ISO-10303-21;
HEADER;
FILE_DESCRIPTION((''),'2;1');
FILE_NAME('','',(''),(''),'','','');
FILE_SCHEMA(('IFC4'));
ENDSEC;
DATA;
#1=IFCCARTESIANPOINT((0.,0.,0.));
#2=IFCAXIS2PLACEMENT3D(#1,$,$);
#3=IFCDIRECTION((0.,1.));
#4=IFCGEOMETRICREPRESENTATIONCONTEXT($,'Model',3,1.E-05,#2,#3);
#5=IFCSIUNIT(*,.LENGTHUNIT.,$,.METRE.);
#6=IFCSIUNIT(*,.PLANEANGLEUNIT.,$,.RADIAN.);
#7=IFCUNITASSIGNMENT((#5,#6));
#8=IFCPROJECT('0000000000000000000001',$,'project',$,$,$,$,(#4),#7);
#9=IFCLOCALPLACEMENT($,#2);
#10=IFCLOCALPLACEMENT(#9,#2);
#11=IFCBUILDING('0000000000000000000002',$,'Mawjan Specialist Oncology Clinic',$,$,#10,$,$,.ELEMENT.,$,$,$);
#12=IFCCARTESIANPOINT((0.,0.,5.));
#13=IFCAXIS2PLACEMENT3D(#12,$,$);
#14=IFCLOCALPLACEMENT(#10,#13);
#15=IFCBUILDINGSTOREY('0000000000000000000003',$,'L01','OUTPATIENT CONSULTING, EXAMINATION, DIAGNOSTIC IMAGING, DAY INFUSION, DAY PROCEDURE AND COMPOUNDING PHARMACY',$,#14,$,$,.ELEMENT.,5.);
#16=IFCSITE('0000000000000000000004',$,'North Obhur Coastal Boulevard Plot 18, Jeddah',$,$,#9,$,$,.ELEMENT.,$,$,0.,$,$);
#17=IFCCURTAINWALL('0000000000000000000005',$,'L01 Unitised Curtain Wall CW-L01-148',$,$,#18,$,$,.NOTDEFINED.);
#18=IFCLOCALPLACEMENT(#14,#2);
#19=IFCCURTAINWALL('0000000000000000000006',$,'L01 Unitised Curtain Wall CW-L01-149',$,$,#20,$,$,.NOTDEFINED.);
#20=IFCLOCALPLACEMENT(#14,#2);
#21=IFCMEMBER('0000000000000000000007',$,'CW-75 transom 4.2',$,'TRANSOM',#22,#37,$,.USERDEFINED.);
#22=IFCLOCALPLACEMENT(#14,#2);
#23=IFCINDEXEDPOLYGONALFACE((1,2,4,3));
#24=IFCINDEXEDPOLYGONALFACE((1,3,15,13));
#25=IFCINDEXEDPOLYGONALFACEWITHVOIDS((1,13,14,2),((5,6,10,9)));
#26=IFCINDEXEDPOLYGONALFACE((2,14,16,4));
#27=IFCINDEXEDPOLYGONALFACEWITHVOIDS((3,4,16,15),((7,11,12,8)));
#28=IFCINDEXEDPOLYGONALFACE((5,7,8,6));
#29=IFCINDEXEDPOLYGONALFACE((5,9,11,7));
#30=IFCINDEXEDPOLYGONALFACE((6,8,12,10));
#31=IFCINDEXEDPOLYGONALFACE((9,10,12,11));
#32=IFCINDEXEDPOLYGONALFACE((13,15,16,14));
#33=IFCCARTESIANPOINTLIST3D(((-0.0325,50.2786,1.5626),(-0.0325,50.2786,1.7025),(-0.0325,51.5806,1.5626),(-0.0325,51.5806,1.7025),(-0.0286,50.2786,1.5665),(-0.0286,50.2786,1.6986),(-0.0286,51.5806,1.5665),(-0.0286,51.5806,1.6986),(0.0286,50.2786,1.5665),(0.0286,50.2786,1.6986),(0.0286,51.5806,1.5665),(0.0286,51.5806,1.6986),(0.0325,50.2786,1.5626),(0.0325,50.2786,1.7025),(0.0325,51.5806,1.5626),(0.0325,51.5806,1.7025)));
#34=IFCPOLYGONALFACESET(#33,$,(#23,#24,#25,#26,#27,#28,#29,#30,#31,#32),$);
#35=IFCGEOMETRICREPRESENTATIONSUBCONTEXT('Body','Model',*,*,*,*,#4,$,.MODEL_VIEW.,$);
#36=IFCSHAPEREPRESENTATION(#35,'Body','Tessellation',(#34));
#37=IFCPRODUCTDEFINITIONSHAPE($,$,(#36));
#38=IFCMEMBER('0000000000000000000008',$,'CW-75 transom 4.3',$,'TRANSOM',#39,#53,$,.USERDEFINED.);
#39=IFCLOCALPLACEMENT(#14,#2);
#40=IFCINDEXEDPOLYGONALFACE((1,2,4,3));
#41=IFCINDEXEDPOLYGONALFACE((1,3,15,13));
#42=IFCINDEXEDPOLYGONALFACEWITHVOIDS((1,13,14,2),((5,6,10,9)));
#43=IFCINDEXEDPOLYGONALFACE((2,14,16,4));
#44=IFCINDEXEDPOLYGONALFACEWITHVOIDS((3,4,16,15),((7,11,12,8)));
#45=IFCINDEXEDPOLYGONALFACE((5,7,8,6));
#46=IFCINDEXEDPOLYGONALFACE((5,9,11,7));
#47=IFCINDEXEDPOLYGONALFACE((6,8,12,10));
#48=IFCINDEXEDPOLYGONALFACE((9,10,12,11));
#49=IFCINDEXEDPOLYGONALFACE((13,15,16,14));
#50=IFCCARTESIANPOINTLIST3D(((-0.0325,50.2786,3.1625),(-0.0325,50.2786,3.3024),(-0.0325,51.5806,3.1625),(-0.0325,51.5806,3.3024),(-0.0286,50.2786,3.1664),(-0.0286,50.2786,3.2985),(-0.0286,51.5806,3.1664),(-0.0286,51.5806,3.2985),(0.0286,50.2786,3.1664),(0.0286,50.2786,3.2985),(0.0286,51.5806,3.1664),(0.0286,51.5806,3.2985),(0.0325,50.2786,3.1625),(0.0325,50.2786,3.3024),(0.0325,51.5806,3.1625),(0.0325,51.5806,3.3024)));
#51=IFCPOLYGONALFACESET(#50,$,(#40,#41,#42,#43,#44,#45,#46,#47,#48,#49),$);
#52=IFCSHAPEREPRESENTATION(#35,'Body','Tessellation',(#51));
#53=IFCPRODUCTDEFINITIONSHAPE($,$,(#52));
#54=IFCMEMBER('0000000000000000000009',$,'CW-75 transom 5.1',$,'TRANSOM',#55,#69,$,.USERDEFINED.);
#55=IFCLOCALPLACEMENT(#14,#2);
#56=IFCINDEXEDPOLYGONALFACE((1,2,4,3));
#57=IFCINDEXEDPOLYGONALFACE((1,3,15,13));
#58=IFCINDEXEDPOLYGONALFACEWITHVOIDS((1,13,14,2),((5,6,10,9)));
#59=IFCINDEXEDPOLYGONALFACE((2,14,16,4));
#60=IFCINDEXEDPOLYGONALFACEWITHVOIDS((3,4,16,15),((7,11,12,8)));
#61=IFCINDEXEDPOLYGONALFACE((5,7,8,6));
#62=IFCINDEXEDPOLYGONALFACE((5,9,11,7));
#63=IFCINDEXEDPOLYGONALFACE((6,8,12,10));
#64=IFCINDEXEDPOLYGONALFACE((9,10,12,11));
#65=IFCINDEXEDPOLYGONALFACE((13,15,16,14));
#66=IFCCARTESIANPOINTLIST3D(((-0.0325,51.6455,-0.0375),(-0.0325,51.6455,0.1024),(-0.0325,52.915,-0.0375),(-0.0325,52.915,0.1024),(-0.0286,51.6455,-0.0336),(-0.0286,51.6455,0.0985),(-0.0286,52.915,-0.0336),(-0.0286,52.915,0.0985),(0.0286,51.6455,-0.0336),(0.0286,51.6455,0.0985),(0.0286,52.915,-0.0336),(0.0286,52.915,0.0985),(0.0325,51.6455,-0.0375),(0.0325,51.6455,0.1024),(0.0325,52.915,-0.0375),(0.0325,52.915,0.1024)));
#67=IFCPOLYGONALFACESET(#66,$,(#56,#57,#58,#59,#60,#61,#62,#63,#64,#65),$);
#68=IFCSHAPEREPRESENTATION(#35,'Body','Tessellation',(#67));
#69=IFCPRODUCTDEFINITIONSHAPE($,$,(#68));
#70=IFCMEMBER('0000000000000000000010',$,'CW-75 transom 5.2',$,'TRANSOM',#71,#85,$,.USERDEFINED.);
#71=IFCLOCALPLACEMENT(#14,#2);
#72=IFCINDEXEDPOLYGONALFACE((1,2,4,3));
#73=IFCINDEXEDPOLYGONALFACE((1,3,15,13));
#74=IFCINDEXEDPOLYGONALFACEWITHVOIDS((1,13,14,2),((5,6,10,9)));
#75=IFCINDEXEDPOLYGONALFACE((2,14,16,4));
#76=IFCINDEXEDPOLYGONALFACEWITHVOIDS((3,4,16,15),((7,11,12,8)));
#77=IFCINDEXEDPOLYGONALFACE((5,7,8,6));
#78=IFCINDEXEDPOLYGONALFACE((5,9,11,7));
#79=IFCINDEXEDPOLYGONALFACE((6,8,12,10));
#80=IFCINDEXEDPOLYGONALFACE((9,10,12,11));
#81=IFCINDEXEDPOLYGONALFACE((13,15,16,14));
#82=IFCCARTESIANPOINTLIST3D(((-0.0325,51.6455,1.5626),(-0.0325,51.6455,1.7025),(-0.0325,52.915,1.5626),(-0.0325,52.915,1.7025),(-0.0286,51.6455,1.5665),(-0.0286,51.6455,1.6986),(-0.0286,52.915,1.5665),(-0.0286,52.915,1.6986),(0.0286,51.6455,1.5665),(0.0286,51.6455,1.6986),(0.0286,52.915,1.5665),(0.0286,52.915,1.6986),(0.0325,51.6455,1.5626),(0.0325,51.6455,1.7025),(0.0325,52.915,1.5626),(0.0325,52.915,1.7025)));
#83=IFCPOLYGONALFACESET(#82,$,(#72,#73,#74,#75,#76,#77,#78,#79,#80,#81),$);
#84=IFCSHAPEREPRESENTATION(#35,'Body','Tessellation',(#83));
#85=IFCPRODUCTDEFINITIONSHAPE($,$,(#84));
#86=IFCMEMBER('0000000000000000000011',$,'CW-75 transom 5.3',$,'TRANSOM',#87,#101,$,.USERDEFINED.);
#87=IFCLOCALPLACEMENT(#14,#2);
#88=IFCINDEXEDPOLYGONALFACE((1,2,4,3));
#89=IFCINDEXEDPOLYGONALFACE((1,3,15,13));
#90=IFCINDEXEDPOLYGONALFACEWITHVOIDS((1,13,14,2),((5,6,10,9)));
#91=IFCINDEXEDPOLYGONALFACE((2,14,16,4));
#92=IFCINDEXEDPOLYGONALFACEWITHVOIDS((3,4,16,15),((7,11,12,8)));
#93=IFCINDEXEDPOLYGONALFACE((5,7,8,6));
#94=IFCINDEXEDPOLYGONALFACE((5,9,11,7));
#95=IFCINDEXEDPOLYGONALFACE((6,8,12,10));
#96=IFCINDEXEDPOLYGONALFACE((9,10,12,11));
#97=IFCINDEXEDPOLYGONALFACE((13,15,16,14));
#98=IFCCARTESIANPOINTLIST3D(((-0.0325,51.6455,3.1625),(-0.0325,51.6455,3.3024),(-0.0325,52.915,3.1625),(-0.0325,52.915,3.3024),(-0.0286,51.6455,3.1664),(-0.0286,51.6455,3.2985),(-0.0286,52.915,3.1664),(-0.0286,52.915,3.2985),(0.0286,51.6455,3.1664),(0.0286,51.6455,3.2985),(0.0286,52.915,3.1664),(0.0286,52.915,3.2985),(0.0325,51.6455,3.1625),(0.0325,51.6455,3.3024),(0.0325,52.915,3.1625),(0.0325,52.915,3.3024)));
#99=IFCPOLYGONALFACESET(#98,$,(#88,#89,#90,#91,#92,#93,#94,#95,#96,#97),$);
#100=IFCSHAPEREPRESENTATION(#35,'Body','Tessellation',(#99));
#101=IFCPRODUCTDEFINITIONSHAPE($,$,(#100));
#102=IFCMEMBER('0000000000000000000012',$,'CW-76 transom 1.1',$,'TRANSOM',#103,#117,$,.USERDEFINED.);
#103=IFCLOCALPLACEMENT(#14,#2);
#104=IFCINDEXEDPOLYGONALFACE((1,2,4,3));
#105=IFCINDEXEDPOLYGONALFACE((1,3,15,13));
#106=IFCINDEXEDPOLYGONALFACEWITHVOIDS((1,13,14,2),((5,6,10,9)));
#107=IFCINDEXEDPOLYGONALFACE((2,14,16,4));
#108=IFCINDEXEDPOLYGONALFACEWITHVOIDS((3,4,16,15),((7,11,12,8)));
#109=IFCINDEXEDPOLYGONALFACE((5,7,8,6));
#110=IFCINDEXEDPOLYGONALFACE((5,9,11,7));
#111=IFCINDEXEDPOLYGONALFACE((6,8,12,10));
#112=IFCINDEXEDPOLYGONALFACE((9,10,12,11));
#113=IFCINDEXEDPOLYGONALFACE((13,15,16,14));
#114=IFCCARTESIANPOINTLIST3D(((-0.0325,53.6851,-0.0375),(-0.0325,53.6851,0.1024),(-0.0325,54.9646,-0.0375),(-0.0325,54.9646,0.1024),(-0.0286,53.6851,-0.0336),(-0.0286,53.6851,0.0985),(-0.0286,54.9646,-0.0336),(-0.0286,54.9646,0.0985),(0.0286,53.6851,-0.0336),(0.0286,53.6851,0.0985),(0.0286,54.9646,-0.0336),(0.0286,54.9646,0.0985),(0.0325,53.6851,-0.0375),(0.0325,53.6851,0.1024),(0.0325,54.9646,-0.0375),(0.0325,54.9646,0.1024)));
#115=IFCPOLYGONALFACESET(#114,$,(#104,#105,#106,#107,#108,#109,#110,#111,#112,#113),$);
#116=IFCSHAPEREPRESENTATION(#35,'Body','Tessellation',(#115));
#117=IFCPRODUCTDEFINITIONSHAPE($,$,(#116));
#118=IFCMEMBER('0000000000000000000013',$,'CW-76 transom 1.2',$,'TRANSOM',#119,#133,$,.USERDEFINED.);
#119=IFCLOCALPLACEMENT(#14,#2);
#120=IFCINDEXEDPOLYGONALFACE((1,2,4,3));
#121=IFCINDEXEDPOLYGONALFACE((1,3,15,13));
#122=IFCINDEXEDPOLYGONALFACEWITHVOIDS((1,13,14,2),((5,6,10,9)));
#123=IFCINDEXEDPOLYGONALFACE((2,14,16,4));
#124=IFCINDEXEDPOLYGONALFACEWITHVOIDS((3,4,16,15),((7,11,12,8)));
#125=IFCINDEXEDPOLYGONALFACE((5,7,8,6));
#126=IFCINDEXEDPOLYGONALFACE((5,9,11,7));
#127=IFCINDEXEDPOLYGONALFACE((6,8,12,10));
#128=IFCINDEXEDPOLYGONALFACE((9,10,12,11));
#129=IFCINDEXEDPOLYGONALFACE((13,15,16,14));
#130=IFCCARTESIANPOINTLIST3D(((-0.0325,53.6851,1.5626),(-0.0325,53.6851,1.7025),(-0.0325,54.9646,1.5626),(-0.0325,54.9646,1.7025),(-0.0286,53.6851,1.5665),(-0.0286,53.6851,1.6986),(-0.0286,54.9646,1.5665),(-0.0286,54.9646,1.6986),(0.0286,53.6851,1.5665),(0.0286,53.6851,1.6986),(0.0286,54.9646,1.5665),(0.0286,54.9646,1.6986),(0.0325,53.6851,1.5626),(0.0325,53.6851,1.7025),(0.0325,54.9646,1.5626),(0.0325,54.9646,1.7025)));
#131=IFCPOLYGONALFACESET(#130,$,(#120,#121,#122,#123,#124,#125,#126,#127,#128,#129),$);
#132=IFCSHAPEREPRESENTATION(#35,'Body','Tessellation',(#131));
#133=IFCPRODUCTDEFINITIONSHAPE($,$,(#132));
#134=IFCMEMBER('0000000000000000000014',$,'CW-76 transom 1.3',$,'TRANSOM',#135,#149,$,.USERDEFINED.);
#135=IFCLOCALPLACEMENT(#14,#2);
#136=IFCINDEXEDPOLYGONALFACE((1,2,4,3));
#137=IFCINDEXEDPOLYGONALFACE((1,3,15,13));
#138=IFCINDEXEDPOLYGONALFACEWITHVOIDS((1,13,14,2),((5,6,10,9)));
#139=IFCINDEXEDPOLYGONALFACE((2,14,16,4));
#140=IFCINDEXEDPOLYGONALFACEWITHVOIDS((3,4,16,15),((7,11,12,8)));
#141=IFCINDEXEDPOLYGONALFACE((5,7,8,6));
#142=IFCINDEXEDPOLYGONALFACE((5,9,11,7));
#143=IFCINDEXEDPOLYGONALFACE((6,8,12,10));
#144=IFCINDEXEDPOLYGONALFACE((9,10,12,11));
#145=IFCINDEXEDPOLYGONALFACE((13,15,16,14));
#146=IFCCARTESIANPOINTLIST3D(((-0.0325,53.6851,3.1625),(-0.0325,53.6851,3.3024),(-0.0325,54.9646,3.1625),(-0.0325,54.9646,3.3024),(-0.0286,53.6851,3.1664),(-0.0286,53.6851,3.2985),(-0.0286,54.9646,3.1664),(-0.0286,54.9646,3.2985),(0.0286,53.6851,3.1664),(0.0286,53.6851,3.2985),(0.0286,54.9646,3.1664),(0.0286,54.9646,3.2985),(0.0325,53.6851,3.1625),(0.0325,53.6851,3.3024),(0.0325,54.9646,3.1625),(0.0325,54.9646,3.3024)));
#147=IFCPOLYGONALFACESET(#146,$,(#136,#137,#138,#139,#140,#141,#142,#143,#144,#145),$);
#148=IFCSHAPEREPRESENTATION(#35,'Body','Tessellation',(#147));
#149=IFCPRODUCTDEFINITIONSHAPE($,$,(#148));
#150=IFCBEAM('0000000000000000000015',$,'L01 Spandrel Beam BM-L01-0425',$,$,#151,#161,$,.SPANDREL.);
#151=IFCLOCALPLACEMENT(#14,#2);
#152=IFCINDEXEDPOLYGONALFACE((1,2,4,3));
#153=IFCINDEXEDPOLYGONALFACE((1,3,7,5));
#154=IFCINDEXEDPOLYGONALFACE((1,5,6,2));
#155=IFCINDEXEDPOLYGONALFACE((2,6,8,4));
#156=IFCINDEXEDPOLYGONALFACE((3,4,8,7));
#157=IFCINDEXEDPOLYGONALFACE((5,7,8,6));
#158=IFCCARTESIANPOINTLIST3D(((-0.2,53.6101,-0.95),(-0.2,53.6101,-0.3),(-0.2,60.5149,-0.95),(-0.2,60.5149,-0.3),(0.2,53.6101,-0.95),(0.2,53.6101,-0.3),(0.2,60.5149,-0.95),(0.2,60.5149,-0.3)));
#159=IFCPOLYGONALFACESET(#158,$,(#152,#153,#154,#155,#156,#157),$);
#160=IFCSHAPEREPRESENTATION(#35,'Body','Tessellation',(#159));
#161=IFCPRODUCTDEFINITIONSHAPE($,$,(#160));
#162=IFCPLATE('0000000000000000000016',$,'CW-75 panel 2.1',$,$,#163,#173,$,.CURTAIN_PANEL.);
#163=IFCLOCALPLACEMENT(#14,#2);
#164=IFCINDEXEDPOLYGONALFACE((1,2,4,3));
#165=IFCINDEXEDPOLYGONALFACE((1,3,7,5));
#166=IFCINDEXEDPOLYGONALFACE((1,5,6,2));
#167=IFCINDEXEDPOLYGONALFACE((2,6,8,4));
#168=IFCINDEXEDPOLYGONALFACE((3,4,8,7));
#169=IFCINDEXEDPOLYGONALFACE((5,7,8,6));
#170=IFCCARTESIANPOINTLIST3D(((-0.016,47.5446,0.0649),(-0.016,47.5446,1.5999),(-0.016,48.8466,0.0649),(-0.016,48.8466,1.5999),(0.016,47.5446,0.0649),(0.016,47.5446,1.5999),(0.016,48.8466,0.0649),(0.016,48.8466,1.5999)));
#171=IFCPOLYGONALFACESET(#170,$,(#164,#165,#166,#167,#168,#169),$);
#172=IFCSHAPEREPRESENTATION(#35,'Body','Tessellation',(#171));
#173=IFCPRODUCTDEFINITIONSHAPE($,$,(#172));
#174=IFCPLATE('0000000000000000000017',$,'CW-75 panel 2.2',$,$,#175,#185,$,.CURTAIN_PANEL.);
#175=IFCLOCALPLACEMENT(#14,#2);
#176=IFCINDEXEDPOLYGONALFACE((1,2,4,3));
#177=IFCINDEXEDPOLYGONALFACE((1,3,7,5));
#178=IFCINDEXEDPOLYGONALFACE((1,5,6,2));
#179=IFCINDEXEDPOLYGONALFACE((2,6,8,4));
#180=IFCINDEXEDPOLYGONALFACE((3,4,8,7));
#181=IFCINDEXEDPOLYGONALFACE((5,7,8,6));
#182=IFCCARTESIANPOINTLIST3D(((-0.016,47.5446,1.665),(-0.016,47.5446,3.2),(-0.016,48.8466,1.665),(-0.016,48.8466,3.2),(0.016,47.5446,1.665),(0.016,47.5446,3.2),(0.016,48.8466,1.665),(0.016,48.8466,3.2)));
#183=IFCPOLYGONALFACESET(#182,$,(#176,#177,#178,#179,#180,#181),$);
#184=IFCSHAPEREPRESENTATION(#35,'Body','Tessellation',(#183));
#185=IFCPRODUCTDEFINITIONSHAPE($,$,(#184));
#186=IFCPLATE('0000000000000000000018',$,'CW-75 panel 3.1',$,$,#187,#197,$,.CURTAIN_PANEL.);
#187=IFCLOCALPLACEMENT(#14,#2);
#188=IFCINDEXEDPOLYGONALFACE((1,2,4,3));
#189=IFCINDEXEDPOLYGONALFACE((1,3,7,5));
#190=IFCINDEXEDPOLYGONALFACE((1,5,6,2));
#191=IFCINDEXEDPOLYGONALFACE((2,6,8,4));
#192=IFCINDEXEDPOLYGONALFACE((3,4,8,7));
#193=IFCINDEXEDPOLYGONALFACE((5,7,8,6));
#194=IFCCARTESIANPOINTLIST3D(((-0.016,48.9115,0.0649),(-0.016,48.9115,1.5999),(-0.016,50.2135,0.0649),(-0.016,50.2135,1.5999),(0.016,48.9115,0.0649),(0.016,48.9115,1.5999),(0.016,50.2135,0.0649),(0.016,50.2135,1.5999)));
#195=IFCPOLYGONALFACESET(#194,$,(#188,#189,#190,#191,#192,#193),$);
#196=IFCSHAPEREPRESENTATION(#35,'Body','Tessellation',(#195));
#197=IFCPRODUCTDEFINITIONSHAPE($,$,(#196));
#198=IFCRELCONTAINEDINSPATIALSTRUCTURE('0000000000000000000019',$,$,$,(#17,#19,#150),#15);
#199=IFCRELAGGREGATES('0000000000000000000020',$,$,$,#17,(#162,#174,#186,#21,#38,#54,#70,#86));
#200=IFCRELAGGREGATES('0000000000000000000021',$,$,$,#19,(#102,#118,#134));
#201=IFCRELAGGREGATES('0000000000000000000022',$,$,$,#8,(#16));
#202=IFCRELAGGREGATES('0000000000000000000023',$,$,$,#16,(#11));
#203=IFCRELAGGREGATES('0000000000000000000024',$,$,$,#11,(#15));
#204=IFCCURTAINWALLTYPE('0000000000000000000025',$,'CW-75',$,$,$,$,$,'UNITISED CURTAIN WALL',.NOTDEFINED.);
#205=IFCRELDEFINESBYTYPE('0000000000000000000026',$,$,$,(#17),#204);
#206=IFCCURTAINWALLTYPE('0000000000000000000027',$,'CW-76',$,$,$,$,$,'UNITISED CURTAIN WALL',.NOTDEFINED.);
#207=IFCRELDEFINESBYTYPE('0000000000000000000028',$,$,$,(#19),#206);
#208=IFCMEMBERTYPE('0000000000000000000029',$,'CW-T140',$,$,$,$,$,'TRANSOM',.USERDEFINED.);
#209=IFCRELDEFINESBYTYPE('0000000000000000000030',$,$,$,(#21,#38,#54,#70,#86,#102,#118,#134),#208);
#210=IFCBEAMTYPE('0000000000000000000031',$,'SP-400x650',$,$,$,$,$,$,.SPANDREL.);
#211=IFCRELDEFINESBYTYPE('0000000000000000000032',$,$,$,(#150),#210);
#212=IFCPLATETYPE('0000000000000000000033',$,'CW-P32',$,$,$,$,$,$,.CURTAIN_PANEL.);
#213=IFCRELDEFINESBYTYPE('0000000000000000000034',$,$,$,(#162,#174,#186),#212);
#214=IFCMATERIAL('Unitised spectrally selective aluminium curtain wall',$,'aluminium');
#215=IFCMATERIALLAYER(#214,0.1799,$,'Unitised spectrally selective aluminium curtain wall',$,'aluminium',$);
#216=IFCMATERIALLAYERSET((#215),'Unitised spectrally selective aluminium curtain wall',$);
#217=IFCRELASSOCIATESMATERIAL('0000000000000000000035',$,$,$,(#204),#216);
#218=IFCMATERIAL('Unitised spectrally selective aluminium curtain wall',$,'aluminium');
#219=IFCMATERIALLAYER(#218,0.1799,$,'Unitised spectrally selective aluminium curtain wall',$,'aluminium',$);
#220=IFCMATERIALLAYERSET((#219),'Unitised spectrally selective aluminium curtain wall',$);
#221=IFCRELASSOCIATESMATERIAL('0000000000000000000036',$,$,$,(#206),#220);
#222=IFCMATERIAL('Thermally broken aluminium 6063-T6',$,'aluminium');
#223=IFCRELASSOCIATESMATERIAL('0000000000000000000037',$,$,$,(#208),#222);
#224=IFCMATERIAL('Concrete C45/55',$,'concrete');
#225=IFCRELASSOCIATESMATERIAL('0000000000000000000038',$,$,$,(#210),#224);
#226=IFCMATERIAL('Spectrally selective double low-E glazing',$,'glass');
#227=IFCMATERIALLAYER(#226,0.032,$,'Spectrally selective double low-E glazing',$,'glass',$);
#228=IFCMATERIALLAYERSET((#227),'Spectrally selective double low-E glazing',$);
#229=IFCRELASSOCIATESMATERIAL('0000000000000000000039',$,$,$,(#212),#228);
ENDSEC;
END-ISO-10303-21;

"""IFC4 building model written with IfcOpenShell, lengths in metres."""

from ifc_helpers import new_model, si_unit, direction, frame, origin, origin_2d, place, context, subcontext, project, spatial, rectangle, hollow_rectangle, extrude, material, layer, layer_set, material_profile, profile_set, type_object, element, aggregate, save


model = new_model("IFC4")

# Units and contexts
model_context = context("Model", 3, precision=1e-05, world=origin(), true_north=direction((0.0, 1.0)))
body_context = subcontext(model_context, "Body", "Model", "MODEL_VIEW")
ifc_project = project(units=[si_unit("LENGTHUNIT", "METRE"), si_unit("PLANEANGLEUNIT", "RADIAN")], contexts=[model_context])

# Site, building, storey
site_placement = place(None, origin())
site = spatial("IfcSite", under=ifc_project, at=site_placement, Name="North Obhur Coastal Boulevard Plot 18, Jeddah", CompositionType="ELEMENT", RefElevation=0.0)
building_placement = place(site_placement, origin())
building = spatial("IfcBuilding", under=site, at=building_placement, Name="Mawjan Specialist Oncology Clinic", CompositionType="ELEMENT")
storey_placement = place(building_placement, frame((0.0, 0.0, 5.0)))
storey = spatial("IfcBuildingStorey", under=building, at=storey_placement, Name="L01", Description="OUTPATIENT CONSULTING, EXAMINATION, DIAGNOSTIC IMAGING, DAY INFUSION, DAY PROCEDURE AND COMPOUNDING PHARMACY", CompositionType="ELEMENT", Elevation=5.0)

# Curtain wall
ifc_material_1 = material(Name="Unitised spectrally selective aluminium curtain wall", Category="aluminium")
ifc_layer_1 = layer(ifc_material_1, 0.1799, Name="Unitised spectrally selective aluminium curtain wall", Category="aluminium")
ifc_layer_set_1 = layer_set([ifc_layer_1], Name="Unitised spectrally selective aluminium curtain wall")
curtain_wall_type_1 = type_object("IfcCurtainWallType", Name="CW-75", ElementType="UNITISED CURTAIN WALL", PredefinedType="NOTDEFINED", material=ifc_layer_set_1)
curtain_wall_1_placement = place(storey_placement, origin())
curtain_wall_1 = element("IfcCurtainWall", 1, at=curtain_wall_1_placement, inside=storey, type_object=curtain_wall_type_1, Name="L01 Unitised Curtain Wall CW-L01-148", PredefinedType="NOTDEFINED")

# Curtain wall
ifc_material_2 = material(Name="Unitised spectrally selective aluminium curtain wall", Category="aluminium")
ifc_layer_2 = layer(ifc_material_2, 0.1799, Name="Unitised spectrally selective aluminium curtain wall", Category="aluminium")
ifc_layer_set_2 = layer_set([ifc_layer_2], Name="Unitised spectrally selective aluminium curtain wall")
curtain_wall_type_2 = type_object("IfcCurtainWallType", Name="CW-76", ElementType="UNITISED CURTAIN WALL", PredefinedType="NOTDEFINED", material=ifc_layer_set_2)
curtain_wall_2_placement = place(storey_placement, origin())
curtain_wall_2 = element("IfcCurtainWall", 2, at=curtain_wall_2_placement, inside=storey, type_object=curtain_wall_type_2, Name="L01 Unitised Curtain Wall CW-L01-149", PredefinedType="NOTDEFINED")

# Members
ifc_material_3 = material(Name="Thermally broken aluminium 6063-T6", Category="aluminium")
ifc_material_profile_1 = material_profile(ifc_material_3, hollow_rectangle(XDim=0.0649, YDim=0.1399, WallThickness=0.0039, at=origin_2d()), Name="ALU TRANSOM 140x65x4", Category="aluminium")
ifc_profile_set_1 = profile_set([ifc_material_profile_1], Name="Thermally broken aluminium 6063-T6")
member_type_1 = type_object("IfcMemberType", Name="CW-T140", ElementType="TRANSOM", PredefinedType="USERDEFINED", material=ifc_profile_set_1)
member_1_placement = place(storey_placement, frame((0.0, 50.2786, 1.6326), z_axis=(0.0, 1.0, 0.0), x_axis=(-1.0, 0.0, 0.0)))
member_1 = element("IfcMember", 3, at=member_1_placement, type_object=member_type_1, Name="CW-75 transom 4.2", ObjectType="TRANSOM", PredefinedType="USERDEFINED", context=body_context, shape_type="SweptSolid", body=[
    extrude(hollow_rectangle(XDim=0.0649, YDim=0.1399, WallThickness=0.0039, at=origin_2d()), origin(), (0.0, 0.0, 1.0), 1.302),
])
member_2_placement = place(storey_placement, frame((0.0, 50.2786, 3.2324), z_axis=(0.0, 1.0, 0.0), x_axis=(-1.0, 0.0, 0.0)))
member_2 = element("IfcMember", 4, at=member_2_placement, type_object=member_type_1, Name="CW-75 transom 4.3", ObjectType="TRANSOM", PredefinedType="USERDEFINED", context=body_context, shape_type="SweptSolid", body=[
    extrude(hollow_rectangle(XDim=0.0649, YDim=0.1399, WallThickness=0.0039, at=origin_2d()), origin(), (0.0, 0.0, 1.0), 1.302),
])
member_3_placement = place(storey_placement, frame((0.0, 51.6455, 0.0325), z_axis=(0.0, 1.0, 0.0), x_axis=(-1.0, 0.0, 0.0)))
member_3 = element("IfcMember", 5, at=member_3_placement, type_object=member_type_1, Name="CW-75 transom 5.1", ObjectType="TRANSOM", PredefinedType="USERDEFINED", context=body_context, shape_type="SweptSolid", body=[
    extrude(hollow_rectangle(XDim=0.0649, YDim=0.1399, WallThickness=0.0039, at=origin_2d()), origin(), (0.0, 0.0, 1.0), 1.2695),
])
member_4_placement = place(storey_placement, frame((0.0, 51.6455, 1.6326), z_axis=(0.0, 1.0, 0.0), x_axis=(-1.0, 0.0, 0.0)))
member_4 = element("IfcMember", 6, at=member_4_placement, type_object=member_type_1, Name="CW-75 transom 5.2", ObjectType="TRANSOM", PredefinedType="USERDEFINED", context=body_context, shape_type="SweptSolid", body=[
    extrude(hollow_rectangle(XDim=0.0649, YDim=0.1399, WallThickness=0.0039, at=origin_2d()), origin(), (0.0, 0.0, 1.0), 1.2695),
])
member_5_placement = place(storey_placement, frame((0.0, 51.6455, 3.2324), z_axis=(0.0, 1.0, 0.0), x_axis=(-1.0, 0.0, 0.0)))
member_5 = element("IfcMember", 7, at=member_5_placement, type_object=member_type_1, Name="CW-75 transom 5.3", ObjectType="TRANSOM", PredefinedType="USERDEFINED", context=body_context, shape_type="SweptSolid", body=[
    extrude(hollow_rectangle(XDim=0.0649, YDim=0.1399, WallThickness=0.0039, at=origin_2d()), origin(), (0.0, 0.0, 1.0), 1.2695),
])
member_6_placement = place(storey_placement, frame((0.0, 53.6851, 0.0325), z_axis=(0.0, 1.0, 0.0), x_axis=(-1.0, 0.0, 0.0)))
member_6 = element("IfcMember", 8, at=member_6_placement, type_object=member_type_1, Name="CW-76 transom 1.1", ObjectType="TRANSOM", PredefinedType="USERDEFINED", context=body_context, shape_type="SweptSolid", body=[
    extrude(hollow_rectangle(XDim=0.0649, YDim=0.1399, WallThickness=0.0039, at=origin_2d()), origin(), (0.0, 0.0, 1.0), 1.2795),
])
member_7_placement = place(storey_placement, frame((0.0, 53.6851, 1.6326), z_axis=(0.0, 1.0, 0.0), x_axis=(-1.0, 0.0, 0.0)))
member_7 = element("IfcMember", 9, at=member_7_placement, type_object=member_type_1, Name="CW-76 transom 1.2", ObjectType="TRANSOM", PredefinedType="USERDEFINED", context=body_context, shape_type="SweptSolid", body=[
    extrude(hollow_rectangle(XDim=0.0649, YDim=0.1399, WallThickness=0.0039, at=origin_2d()), origin(), (0.0, 0.0, 1.0), 1.2795),
])
member_8_placement = place(storey_placement, frame((0.0, 53.6851, 3.2324), z_axis=(0.0, 1.0, 0.0), x_axis=(-1.0, 0.0, 0.0)))
member_8 = element("IfcMember", 10, at=member_8_placement, type_object=member_type_1, Name="CW-76 transom 1.3", ObjectType="TRANSOM", PredefinedType="USERDEFINED", context=body_context, shape_type="SweptSolid", body=[
    extrude(hollow_rectangle(XDim=0.0649, YDim=0.1399, WallThickness=0.0039, at=origin_2d()), origin(), (0.0, 0.0, 1.0), 1.2795),
])

# Beam
ifc_material_4 = material(Name="Concrete C45/55", Category="concrete")
ifc_material_profile_2 = material_profile(ifc_material_4, rectangle(XDim=0.3999, YDim=0.6499, at=origin_2d()), Name="RC BM 400x650", Category="concrete")
ifc_profile_set_2 = profile_set([ifc_material_profile_2], Name="Concrete C45/55")
beam_type = type_object("IfcBeamType", Name="SP-400x650", PredefinedType="SPANDREL", material=ifc_profile_set_2)
beam_placement = place(storey_placement, frame((0.0, 53.6101, -0.625), z_axis=(0.0, 1.0, 0.0), x_axis=(-1.0, 0.0, 0.0)))
element("IfcBeam", 11, at=beam_placement, inside=storey, type_object=beam_type, Name="L01 Spandrel Beam BM-L01-0425", PredefinedType="SPANDREL", context=body_context, shape_type="SweptSolid", body=[
    extrude(rectangle(XDim=0.3999, YDim=0.6499, at=origin_2d()), origin(), (0.0, 0.0, 1.0), 6.9048),
])

# Plates
ifc_material_5 = material(Name="Spectrally selective double low-E glazing", Category="glass")
ifc_layer_3 = layer(ifc_material_5, 0.032, Name="Spectrally selective double low-E glazing", Category="glass")
ifc_layer_set_3 = layer_set([ifc_layer_3], Name="Spectrally selective double low-E glazing")
plate_type = type_object("IfcPlateType", Name="CW-P32", PredefinedType="CURTAIN_PANEL", material=ifc_layer_set_3)
plate_1_placement = place(storey_placement, frame((0.0, 48.1956, 0.0649), z_axis=(0.0, 0.0, 1.0), x_axis=(0.0, 1.0, 0.0)))
plate_1 = element("IfcPlate", 12, at=plate_1_placement, type_object=plate_type, Name="CW-75 panel 2.1", PredefinedType="CURTAIN_PANEL", context=body_context, shape_type="SweptSolid", body=[
    extrude(rectangle(XDim=1.302, YDim=0.032, at=origin_2d()), origin(), (0.0, 0.0, 1.0), 1.5349),
])
plate_2_placement = place(storey_placement, frame((0.0, 48.1956, 1.665), z_axis=(0.0, 0.0, 1.0), x_axis=(0.0, 1.0, 0.0)))
plate_2 = element("IfcPlate", 13, at=plate_2_placement, type_object=plate_type, Name="CW-75 panel 2.2", PredefinedType="CURTAIN_PANEL", context=body_context, shape_type="SweptSolid", body=[
    extrude(rectangle(XDim=1.302, YDim=0.032, at=origin_2d()), origin(), (0.0, 0.0, 1.0), 1.5349),
])
plate_3_placement = place(storey_placement, frame((0.0, 49.5625, 0.0649), z_axis=(0.0, 0.0, 1.0), x_axis=(0.0, 1.0, 0.0)))
plate_3 = element("IfcPlate", 14, at=plate_3_placement, type_object=plate_type, Name="CW-75 panel 3.1", PredefinedType="CURTAIN_PANEL", context=body_context, shape_type="SweptSolid", body=[
    extrude(rectangle(XDim=1.302, YDim=0.032, at=origin_2d()), origin(), (0.0, 0.0, 1.0), 1.5349),
])
aggregate(curtain_wall_1, [plate_1, plate_2, plate_3, member_1, member_2, member_3, member_4, member_5])
aggregate(curtain_wall_2, [member_6, member_7, member_8])

save(model, "model.ifc")
